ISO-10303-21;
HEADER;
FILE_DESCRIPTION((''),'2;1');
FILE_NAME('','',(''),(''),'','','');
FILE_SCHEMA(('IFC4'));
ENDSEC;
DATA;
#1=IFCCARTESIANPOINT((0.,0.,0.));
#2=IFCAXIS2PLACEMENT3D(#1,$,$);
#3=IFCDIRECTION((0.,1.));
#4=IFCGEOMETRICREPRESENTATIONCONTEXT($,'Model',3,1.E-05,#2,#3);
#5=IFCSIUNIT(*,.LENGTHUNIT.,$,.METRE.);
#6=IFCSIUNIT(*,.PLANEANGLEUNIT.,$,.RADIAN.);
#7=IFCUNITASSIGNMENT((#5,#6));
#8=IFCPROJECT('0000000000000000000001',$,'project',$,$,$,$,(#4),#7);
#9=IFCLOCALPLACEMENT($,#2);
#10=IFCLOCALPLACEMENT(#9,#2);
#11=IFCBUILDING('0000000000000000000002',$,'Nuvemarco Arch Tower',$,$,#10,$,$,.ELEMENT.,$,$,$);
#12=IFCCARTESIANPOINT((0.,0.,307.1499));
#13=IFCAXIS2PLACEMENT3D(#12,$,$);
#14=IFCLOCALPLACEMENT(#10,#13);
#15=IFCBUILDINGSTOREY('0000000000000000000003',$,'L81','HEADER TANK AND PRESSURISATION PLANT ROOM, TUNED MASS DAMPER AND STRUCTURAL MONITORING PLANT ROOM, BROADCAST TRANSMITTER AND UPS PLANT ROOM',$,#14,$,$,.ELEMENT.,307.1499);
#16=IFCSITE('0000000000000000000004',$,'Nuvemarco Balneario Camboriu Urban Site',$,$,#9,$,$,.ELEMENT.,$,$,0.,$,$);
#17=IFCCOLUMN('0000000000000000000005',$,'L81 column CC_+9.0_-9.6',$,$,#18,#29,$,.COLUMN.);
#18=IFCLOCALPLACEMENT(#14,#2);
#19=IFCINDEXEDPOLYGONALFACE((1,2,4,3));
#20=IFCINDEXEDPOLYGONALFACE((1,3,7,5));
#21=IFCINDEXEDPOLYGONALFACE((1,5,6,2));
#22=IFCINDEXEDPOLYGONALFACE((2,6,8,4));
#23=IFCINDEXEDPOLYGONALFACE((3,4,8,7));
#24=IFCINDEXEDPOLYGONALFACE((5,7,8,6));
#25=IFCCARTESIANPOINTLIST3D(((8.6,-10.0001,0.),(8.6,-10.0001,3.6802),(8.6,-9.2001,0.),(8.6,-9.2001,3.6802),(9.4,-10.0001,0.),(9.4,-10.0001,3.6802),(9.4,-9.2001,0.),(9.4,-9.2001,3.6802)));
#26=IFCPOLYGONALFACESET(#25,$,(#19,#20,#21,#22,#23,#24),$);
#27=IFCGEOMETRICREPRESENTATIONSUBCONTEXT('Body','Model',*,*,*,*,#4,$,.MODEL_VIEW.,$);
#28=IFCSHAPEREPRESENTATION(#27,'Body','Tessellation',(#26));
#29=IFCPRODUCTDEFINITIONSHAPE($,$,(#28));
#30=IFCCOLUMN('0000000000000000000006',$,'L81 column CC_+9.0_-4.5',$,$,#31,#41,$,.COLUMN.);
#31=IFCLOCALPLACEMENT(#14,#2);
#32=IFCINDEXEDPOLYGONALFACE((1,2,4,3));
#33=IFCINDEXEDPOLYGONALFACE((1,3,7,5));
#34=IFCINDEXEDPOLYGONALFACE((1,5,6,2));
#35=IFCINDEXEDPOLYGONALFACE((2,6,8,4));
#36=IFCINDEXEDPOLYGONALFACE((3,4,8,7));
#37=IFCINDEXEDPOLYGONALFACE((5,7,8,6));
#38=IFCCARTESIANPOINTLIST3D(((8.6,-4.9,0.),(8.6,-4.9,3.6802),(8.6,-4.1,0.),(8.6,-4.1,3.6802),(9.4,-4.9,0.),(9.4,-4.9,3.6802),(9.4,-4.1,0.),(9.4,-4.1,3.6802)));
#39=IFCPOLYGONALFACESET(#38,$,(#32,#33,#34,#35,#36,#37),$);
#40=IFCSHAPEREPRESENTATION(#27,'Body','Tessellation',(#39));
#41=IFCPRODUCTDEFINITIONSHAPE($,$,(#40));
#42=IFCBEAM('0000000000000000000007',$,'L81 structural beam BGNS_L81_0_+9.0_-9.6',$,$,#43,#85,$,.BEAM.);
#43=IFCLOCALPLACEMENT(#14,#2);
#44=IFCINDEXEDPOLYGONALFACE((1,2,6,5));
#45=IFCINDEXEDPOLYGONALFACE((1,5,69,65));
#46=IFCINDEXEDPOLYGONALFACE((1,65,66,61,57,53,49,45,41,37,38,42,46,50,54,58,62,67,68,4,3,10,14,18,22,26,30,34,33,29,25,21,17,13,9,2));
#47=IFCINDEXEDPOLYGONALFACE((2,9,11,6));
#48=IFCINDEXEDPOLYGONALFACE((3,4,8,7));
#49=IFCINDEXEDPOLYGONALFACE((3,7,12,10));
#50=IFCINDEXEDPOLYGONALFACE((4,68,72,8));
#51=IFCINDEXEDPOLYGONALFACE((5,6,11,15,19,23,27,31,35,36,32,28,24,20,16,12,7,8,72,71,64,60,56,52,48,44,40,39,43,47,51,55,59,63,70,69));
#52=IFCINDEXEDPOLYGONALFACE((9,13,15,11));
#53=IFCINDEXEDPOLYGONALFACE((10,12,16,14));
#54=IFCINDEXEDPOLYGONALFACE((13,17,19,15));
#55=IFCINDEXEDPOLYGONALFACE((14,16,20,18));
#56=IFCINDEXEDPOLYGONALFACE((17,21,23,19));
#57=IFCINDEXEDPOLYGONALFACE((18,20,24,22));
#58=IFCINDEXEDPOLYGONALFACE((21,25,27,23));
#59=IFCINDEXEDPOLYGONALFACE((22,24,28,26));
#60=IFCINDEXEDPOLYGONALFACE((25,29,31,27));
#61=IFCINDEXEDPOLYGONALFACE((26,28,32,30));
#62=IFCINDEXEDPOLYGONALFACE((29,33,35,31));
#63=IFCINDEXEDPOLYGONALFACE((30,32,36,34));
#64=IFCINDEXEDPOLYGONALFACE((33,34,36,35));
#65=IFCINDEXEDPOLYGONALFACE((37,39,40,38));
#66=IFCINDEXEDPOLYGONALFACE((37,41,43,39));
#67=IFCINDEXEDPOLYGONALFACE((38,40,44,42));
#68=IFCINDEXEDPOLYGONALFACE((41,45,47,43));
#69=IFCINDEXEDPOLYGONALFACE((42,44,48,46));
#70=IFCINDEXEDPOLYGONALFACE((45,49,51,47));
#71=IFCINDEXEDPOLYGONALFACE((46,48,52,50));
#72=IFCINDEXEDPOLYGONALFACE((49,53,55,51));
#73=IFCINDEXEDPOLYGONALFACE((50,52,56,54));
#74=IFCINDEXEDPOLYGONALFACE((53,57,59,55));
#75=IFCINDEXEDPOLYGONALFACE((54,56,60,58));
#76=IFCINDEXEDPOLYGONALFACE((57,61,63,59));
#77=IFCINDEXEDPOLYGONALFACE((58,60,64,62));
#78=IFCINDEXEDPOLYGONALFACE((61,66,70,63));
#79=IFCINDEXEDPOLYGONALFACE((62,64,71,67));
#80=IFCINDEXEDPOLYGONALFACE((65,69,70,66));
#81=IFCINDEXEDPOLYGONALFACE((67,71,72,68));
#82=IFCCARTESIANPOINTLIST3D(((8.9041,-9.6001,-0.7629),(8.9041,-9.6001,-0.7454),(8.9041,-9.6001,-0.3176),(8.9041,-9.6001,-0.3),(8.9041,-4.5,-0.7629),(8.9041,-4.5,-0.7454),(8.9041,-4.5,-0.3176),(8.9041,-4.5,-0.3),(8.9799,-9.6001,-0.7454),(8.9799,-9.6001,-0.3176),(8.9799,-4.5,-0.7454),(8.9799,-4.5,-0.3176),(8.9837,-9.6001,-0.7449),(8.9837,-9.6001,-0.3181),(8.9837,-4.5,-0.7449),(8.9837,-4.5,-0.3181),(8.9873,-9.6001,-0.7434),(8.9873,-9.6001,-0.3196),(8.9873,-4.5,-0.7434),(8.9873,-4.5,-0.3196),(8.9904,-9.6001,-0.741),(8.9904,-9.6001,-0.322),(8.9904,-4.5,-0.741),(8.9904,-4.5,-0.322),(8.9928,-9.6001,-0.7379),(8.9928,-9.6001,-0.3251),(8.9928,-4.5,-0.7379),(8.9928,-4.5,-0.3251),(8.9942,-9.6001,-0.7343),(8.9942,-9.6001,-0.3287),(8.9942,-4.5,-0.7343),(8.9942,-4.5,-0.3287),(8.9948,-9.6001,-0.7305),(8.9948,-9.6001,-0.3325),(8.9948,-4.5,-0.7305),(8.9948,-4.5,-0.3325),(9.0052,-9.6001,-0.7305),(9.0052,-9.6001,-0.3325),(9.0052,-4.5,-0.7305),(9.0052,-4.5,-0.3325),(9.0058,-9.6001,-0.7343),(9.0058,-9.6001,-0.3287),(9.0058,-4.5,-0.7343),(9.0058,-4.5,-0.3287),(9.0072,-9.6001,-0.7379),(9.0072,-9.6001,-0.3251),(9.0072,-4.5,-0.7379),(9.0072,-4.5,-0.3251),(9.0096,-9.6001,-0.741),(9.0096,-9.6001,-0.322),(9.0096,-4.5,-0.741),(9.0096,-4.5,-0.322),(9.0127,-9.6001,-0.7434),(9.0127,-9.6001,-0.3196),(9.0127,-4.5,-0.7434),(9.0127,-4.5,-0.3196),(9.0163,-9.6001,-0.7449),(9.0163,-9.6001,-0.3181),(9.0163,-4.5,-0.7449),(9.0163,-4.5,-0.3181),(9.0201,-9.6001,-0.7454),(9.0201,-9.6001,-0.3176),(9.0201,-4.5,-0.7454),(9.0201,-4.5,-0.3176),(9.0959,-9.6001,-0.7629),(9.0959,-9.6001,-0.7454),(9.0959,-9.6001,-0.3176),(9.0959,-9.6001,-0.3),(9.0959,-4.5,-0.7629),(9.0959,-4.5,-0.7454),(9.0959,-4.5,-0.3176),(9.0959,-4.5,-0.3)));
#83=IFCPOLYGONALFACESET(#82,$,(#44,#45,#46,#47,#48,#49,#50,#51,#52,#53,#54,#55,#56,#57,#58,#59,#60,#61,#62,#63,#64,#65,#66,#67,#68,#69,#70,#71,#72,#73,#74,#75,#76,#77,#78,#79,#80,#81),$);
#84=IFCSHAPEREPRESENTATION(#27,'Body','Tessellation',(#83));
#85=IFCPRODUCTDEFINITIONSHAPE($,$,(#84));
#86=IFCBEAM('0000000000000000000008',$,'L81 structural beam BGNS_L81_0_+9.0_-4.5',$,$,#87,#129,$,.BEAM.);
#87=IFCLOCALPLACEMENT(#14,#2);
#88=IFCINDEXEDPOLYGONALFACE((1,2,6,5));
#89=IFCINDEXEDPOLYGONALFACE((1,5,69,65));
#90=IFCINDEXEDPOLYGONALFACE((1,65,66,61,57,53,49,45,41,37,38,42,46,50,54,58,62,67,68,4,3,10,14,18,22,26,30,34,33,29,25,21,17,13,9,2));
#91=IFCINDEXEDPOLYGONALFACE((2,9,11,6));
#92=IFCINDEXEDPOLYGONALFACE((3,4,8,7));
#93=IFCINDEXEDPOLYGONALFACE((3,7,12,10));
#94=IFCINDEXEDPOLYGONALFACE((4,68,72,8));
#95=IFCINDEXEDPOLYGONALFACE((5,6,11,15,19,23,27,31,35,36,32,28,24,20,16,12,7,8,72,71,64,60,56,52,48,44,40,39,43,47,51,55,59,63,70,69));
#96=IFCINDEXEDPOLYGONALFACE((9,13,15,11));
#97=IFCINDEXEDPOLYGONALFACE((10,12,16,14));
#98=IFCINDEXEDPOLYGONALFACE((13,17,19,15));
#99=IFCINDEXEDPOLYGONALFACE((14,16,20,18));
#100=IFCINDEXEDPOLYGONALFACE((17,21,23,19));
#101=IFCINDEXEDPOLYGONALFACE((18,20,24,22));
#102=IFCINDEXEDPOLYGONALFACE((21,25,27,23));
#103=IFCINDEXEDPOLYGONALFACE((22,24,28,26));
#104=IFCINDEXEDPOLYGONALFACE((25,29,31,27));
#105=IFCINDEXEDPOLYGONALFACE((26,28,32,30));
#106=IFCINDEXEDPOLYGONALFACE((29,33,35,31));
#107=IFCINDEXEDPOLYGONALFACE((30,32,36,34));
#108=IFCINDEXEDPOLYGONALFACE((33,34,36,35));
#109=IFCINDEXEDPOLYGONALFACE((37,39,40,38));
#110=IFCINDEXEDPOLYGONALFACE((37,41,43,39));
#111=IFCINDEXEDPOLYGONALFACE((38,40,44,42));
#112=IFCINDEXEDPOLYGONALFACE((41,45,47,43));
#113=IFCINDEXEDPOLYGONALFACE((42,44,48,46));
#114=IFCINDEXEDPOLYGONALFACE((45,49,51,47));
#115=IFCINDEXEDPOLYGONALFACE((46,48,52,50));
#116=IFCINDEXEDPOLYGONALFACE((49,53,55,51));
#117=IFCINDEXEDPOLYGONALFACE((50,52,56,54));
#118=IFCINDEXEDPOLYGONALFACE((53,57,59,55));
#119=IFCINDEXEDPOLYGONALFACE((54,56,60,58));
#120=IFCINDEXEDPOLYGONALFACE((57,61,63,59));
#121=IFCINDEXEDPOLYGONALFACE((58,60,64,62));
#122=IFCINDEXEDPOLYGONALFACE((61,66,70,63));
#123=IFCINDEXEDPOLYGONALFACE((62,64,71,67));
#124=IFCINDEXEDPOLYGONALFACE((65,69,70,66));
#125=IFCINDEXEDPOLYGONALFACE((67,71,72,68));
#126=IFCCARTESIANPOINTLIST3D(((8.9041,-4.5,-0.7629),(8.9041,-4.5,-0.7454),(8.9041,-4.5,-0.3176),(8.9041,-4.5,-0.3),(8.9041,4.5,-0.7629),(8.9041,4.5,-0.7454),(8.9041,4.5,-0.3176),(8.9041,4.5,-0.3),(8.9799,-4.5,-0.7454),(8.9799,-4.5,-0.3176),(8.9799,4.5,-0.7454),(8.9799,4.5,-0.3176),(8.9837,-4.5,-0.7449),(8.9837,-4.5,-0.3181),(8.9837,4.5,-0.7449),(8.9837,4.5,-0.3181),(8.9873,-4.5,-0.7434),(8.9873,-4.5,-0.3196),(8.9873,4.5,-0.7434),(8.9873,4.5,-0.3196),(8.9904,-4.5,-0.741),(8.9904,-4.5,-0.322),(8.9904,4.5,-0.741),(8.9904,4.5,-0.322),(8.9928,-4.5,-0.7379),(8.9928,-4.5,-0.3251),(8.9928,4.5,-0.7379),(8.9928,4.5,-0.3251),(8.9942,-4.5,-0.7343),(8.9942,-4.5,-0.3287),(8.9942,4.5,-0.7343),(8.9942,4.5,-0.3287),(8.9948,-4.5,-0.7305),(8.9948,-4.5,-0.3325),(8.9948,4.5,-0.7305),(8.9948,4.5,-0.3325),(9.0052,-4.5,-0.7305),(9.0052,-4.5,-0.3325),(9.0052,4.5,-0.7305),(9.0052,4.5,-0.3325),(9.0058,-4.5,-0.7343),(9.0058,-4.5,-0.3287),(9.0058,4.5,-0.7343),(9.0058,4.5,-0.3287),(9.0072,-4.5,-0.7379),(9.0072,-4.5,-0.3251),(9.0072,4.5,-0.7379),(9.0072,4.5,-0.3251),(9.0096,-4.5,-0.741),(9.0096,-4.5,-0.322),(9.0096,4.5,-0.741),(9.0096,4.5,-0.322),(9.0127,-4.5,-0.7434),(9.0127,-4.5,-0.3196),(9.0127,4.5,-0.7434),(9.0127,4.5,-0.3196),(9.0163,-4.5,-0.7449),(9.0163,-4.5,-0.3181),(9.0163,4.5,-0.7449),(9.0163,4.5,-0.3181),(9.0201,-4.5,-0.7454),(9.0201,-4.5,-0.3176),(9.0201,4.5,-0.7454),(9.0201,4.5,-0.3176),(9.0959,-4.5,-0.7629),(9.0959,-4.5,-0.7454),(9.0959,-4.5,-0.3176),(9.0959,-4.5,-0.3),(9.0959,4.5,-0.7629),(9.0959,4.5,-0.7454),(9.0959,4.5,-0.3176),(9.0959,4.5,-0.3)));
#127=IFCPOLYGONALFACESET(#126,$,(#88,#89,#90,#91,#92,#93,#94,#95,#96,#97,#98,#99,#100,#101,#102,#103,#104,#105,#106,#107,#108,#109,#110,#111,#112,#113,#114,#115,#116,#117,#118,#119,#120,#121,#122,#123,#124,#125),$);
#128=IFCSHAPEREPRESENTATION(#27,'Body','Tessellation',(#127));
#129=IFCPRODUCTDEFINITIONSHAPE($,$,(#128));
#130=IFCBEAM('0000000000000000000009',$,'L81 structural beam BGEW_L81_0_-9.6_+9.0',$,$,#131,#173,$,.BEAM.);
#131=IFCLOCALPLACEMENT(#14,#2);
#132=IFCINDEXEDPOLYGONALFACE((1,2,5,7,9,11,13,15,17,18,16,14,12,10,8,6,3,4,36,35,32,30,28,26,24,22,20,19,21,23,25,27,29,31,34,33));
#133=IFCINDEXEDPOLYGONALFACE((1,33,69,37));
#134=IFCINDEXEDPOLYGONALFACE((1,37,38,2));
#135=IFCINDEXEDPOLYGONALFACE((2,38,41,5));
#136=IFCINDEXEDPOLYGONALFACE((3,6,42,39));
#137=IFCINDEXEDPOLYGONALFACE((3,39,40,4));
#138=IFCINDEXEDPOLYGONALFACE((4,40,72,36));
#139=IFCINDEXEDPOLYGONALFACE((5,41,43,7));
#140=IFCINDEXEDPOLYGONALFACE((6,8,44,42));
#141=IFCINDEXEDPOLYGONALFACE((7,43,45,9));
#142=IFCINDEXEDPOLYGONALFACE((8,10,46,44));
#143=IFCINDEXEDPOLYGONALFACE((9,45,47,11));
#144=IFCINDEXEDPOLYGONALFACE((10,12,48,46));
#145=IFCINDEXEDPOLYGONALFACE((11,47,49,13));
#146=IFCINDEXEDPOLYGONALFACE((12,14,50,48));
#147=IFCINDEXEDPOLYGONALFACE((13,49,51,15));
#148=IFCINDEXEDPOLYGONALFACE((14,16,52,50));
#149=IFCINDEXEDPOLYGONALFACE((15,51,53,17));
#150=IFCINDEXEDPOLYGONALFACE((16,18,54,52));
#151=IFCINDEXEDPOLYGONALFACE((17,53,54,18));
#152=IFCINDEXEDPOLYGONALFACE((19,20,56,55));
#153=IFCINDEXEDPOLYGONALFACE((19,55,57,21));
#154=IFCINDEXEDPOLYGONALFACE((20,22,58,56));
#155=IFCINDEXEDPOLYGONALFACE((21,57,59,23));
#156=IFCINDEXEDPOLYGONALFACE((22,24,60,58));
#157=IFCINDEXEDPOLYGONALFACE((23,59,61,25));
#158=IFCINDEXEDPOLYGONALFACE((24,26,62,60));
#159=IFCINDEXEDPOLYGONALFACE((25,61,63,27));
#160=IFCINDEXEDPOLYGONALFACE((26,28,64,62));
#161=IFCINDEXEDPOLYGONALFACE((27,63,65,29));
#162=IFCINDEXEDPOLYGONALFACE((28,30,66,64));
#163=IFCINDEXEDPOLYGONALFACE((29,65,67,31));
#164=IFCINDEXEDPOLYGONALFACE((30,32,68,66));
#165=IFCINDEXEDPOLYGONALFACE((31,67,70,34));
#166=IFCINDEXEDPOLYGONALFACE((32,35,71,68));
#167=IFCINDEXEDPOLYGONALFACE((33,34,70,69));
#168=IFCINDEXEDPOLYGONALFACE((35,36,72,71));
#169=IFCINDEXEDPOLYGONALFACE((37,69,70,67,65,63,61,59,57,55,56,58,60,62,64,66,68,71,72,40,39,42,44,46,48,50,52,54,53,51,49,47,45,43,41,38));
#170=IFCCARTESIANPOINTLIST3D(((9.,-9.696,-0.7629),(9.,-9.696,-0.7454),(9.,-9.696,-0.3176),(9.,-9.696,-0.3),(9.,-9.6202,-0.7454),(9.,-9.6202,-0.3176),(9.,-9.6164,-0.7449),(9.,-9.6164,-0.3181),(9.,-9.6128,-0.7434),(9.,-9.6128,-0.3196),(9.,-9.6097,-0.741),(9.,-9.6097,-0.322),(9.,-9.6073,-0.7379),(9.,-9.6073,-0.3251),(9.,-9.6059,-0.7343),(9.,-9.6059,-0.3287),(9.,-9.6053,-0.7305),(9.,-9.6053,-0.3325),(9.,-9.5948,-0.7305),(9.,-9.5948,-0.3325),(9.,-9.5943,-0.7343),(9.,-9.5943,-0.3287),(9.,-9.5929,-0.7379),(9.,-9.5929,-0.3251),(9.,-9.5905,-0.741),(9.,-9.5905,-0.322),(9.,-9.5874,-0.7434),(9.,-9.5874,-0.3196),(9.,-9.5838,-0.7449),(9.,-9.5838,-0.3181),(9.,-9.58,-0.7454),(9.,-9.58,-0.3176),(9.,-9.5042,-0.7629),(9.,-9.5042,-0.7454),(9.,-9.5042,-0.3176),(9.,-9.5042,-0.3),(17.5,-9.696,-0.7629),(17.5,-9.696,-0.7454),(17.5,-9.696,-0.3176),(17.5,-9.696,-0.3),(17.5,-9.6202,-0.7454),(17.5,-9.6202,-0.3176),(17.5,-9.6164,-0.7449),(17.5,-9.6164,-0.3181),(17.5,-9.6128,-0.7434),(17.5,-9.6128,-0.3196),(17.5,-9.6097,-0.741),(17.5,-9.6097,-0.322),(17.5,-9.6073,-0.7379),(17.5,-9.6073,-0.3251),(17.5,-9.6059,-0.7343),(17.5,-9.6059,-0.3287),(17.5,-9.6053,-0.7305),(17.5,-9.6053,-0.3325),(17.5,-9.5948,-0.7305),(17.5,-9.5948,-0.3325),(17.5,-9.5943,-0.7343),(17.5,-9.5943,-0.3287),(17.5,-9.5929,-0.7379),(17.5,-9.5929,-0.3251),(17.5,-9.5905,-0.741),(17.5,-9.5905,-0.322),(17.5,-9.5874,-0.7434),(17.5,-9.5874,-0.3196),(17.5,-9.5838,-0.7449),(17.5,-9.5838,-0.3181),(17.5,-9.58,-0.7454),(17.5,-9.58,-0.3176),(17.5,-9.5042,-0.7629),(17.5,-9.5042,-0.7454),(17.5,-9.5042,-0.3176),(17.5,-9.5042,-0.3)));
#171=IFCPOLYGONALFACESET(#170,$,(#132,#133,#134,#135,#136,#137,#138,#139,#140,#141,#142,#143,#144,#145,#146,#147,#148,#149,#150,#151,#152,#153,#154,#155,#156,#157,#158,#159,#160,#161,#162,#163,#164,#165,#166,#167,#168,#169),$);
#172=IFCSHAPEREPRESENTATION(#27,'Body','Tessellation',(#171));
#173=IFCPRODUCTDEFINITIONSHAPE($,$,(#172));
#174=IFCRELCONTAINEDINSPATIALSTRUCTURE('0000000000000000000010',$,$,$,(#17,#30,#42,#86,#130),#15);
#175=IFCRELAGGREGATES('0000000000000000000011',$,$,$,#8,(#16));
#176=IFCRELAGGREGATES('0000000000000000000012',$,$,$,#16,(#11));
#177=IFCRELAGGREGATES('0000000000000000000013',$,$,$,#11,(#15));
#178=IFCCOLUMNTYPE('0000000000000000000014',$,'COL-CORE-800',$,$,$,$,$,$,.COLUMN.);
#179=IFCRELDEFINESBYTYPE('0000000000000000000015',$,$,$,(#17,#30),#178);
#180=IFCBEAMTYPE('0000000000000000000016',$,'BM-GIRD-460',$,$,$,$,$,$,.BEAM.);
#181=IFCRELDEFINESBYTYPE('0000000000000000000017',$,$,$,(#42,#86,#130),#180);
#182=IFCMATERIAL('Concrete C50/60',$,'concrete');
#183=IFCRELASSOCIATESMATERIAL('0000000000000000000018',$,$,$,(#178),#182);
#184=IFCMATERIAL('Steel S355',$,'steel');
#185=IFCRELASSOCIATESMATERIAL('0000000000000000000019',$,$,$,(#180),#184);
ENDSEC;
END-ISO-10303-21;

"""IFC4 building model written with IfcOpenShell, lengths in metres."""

from ifc_helpers import new_model, si_unit, direction, frame, origin, origin_2d, place, context, subcontext, project, spatial, rectangle, i_section, extrude, material, material_profile, profile_set, type_object, element, save


model = new_model("IFC4")

# Units and contexts
model_context = context("Model", 3, precision=1e-05, world=origin(), true_north=direction((0.0, 1.0)))
body_context = subcontext(model_context, "Body", "Model", "MODEL_VIEW")
ifc_project = project(units=[si_unit("LENGTHUNIT", "METRE"), si_unit("PLANEANGLEUNIT", "RADIAN")], contexts=[model_context])

# Site, building, storey
site_placement = place(None, origin())
site = spatial("IfcSite", under=ifc_project, at=site_placement, Name="Nuvemarco Balneario Camboriu Urban Site", CompositionType="ELEMENT", RefElevation=0.0)
building_placement = place(site_placement, origin())
building = spatial("IfcBuilding", under=site, at=building_placement, Name="Nuvemarco Arch Tower", CompositionType="ELEMENT")
storey_placement = place(building_placement, frame((0.0, 0.0, 307.1499)))
storey = spatial("IfcBuildingStorey", under=building, at=storey_placement, Name="L81", Description="HEADER TANK AND PRESSURISATION PLANT ROOM, TUNED MASS DAMPER AND STRUCTURAL MONITORING PLANT ROOM, BROADCAST TRANSMITTER AND UPS PLANT ROOM", CompositionType="ELEMENT", Elevation=307.1499)

# Columns
ifc_material_1 = material(Name="Concrete C50/60", Category="concrete")
ifc_material_profile_1 = material_profile(ifc_material_1, rectangle(XDim=0.8, YDim=0.8, at=origin_2d()), Name="RC-COL-800x800")
ifc_profile_set_1 = profile_set([ifc_material_profile_1], Name="Concrete C50/60")
column_type = type_object("IfcColumnType", Name="COL-CORE-800", PredefinedType="COLUMN", material=ifc_profile_set_1)
for number, where, z_axis, x_axis, name in (
    (1, (9.0, -9.6001, 0.0), (0.0, 0.0, 1.0), (1.0, 0.0, 0.0), "L81 column CC_+9.0_-9.6"),
    (2, (9.0, -4.5, 0.0), (0.0, 0.0, 1.0), (1.0, 0.0, 0.0), "L81 column CC_+9.0_-4.5"),
):
    element("IfcColumn", number, at=place(storey_placement, frame(where, z_axis=z_axis, x_axis=x_axis)), inside=storey, type_object=column_type, Name=name, PredefinedType="COLUMN", context=body_context, shape_type="SweptSolid", body=[
        extrude(rectangle(XDim=0.8, YDim=0.8, at=origin_2d()), origin(), (0.0, 0.0, 1.0), 3.6802),
    ])

# Beams
ifc_material_2 = material(Name="Steel S355", Category="steel")
ifc_material_profile_2 = material_profile(ifc_material_2, i_section(OverallWidth=0.1919, OverallDepth=0.4629, WebThickness=0.0105, FlangeThickness=0.0176, FilletRadius=0.0149, at=origin_2d()), Name="W460x89")
ifc_profile_set_2 = profile_set([ifc_material_profile_2], Name="Steel S355")
beam_type = type_object("IfcBeamType", Name="BM-GIRD-460", PredefinedType="BEAM", material=ifc_profile_set_2)
beam_1_placement = place(storey_placement, frame((9.0, -9.6001, -0.5315), z_axis=(0.0, 1.0, 0.0), x_axis=(-1.0, 0.0, 0.0)))
element("IfcBeam", 3, at=beam_1_placement, inside=storey, type_object=beam_type, Name="L81 structural beam BGNS_L81_0_+9.0_-9.6", PredefinedType="BEAM", context=body_context, shape_type="SweptSolid", body=[
    extrude(i_section(OverallWidth=0.1919, OverallDepth=0.4629, WebThickness=0.0105, FlangeThickness=0.0176, FilletRadius=0.0149, at=origin_2d()), origin(), (0.0, 0.0, 1.0), 5.1001),
])
beam_2_placement = place(storey_placement, frame((9.0, -4.5, -0.5315), z_axis=(0.0, 1.0, 0.0), x_axis=(-1.0, 0.0, 0.0)))
element("IfcBeam", 4, at=beam_2_placement, inside=storey, type_object=beam_type, Name="L81 structural beam BGNS_L81_0_+9.0_-4.5", PredefinedType="BEAM", context=body_context, shape_type="SweptSolid", body=[
    extrude(i_section(OverallWidth=0.1919, OverallDepth=0.4629, WebThickness=0.0105, FlangeThickness=0.0176, FilletRadius=0.0149, at=origin_2d()), origin(), (0.0, 0.0, 1.0), 9.0),
])
beam_3_placement = place(storey_placement, frame((9.0, -9.6001, -0.5315), z_axis=(1.0, 0.0, 0.0), x_axis=(0.0, 1.0, 0.0)))
element("IfcBeam", 5, at=beam_3_placement, inside=storey, type_object=beam_type, Name="L81 structural beam BGEW_L81_0_-9.6_+9.0", PredefinedType="BEAM", context=body_context, shape_type="SweptSolid", body=[
    extrude(i_section(OverallWidth=0.1919, OverallDepth=0.4629, WebThickness=0.0105, FlangeThickness=0.0176, FilletRadius=0.0149, at=origin_2d()), origin(), (0.0, 0.0, 1.0), 8.5),
])

save(model, "model.ifc")
